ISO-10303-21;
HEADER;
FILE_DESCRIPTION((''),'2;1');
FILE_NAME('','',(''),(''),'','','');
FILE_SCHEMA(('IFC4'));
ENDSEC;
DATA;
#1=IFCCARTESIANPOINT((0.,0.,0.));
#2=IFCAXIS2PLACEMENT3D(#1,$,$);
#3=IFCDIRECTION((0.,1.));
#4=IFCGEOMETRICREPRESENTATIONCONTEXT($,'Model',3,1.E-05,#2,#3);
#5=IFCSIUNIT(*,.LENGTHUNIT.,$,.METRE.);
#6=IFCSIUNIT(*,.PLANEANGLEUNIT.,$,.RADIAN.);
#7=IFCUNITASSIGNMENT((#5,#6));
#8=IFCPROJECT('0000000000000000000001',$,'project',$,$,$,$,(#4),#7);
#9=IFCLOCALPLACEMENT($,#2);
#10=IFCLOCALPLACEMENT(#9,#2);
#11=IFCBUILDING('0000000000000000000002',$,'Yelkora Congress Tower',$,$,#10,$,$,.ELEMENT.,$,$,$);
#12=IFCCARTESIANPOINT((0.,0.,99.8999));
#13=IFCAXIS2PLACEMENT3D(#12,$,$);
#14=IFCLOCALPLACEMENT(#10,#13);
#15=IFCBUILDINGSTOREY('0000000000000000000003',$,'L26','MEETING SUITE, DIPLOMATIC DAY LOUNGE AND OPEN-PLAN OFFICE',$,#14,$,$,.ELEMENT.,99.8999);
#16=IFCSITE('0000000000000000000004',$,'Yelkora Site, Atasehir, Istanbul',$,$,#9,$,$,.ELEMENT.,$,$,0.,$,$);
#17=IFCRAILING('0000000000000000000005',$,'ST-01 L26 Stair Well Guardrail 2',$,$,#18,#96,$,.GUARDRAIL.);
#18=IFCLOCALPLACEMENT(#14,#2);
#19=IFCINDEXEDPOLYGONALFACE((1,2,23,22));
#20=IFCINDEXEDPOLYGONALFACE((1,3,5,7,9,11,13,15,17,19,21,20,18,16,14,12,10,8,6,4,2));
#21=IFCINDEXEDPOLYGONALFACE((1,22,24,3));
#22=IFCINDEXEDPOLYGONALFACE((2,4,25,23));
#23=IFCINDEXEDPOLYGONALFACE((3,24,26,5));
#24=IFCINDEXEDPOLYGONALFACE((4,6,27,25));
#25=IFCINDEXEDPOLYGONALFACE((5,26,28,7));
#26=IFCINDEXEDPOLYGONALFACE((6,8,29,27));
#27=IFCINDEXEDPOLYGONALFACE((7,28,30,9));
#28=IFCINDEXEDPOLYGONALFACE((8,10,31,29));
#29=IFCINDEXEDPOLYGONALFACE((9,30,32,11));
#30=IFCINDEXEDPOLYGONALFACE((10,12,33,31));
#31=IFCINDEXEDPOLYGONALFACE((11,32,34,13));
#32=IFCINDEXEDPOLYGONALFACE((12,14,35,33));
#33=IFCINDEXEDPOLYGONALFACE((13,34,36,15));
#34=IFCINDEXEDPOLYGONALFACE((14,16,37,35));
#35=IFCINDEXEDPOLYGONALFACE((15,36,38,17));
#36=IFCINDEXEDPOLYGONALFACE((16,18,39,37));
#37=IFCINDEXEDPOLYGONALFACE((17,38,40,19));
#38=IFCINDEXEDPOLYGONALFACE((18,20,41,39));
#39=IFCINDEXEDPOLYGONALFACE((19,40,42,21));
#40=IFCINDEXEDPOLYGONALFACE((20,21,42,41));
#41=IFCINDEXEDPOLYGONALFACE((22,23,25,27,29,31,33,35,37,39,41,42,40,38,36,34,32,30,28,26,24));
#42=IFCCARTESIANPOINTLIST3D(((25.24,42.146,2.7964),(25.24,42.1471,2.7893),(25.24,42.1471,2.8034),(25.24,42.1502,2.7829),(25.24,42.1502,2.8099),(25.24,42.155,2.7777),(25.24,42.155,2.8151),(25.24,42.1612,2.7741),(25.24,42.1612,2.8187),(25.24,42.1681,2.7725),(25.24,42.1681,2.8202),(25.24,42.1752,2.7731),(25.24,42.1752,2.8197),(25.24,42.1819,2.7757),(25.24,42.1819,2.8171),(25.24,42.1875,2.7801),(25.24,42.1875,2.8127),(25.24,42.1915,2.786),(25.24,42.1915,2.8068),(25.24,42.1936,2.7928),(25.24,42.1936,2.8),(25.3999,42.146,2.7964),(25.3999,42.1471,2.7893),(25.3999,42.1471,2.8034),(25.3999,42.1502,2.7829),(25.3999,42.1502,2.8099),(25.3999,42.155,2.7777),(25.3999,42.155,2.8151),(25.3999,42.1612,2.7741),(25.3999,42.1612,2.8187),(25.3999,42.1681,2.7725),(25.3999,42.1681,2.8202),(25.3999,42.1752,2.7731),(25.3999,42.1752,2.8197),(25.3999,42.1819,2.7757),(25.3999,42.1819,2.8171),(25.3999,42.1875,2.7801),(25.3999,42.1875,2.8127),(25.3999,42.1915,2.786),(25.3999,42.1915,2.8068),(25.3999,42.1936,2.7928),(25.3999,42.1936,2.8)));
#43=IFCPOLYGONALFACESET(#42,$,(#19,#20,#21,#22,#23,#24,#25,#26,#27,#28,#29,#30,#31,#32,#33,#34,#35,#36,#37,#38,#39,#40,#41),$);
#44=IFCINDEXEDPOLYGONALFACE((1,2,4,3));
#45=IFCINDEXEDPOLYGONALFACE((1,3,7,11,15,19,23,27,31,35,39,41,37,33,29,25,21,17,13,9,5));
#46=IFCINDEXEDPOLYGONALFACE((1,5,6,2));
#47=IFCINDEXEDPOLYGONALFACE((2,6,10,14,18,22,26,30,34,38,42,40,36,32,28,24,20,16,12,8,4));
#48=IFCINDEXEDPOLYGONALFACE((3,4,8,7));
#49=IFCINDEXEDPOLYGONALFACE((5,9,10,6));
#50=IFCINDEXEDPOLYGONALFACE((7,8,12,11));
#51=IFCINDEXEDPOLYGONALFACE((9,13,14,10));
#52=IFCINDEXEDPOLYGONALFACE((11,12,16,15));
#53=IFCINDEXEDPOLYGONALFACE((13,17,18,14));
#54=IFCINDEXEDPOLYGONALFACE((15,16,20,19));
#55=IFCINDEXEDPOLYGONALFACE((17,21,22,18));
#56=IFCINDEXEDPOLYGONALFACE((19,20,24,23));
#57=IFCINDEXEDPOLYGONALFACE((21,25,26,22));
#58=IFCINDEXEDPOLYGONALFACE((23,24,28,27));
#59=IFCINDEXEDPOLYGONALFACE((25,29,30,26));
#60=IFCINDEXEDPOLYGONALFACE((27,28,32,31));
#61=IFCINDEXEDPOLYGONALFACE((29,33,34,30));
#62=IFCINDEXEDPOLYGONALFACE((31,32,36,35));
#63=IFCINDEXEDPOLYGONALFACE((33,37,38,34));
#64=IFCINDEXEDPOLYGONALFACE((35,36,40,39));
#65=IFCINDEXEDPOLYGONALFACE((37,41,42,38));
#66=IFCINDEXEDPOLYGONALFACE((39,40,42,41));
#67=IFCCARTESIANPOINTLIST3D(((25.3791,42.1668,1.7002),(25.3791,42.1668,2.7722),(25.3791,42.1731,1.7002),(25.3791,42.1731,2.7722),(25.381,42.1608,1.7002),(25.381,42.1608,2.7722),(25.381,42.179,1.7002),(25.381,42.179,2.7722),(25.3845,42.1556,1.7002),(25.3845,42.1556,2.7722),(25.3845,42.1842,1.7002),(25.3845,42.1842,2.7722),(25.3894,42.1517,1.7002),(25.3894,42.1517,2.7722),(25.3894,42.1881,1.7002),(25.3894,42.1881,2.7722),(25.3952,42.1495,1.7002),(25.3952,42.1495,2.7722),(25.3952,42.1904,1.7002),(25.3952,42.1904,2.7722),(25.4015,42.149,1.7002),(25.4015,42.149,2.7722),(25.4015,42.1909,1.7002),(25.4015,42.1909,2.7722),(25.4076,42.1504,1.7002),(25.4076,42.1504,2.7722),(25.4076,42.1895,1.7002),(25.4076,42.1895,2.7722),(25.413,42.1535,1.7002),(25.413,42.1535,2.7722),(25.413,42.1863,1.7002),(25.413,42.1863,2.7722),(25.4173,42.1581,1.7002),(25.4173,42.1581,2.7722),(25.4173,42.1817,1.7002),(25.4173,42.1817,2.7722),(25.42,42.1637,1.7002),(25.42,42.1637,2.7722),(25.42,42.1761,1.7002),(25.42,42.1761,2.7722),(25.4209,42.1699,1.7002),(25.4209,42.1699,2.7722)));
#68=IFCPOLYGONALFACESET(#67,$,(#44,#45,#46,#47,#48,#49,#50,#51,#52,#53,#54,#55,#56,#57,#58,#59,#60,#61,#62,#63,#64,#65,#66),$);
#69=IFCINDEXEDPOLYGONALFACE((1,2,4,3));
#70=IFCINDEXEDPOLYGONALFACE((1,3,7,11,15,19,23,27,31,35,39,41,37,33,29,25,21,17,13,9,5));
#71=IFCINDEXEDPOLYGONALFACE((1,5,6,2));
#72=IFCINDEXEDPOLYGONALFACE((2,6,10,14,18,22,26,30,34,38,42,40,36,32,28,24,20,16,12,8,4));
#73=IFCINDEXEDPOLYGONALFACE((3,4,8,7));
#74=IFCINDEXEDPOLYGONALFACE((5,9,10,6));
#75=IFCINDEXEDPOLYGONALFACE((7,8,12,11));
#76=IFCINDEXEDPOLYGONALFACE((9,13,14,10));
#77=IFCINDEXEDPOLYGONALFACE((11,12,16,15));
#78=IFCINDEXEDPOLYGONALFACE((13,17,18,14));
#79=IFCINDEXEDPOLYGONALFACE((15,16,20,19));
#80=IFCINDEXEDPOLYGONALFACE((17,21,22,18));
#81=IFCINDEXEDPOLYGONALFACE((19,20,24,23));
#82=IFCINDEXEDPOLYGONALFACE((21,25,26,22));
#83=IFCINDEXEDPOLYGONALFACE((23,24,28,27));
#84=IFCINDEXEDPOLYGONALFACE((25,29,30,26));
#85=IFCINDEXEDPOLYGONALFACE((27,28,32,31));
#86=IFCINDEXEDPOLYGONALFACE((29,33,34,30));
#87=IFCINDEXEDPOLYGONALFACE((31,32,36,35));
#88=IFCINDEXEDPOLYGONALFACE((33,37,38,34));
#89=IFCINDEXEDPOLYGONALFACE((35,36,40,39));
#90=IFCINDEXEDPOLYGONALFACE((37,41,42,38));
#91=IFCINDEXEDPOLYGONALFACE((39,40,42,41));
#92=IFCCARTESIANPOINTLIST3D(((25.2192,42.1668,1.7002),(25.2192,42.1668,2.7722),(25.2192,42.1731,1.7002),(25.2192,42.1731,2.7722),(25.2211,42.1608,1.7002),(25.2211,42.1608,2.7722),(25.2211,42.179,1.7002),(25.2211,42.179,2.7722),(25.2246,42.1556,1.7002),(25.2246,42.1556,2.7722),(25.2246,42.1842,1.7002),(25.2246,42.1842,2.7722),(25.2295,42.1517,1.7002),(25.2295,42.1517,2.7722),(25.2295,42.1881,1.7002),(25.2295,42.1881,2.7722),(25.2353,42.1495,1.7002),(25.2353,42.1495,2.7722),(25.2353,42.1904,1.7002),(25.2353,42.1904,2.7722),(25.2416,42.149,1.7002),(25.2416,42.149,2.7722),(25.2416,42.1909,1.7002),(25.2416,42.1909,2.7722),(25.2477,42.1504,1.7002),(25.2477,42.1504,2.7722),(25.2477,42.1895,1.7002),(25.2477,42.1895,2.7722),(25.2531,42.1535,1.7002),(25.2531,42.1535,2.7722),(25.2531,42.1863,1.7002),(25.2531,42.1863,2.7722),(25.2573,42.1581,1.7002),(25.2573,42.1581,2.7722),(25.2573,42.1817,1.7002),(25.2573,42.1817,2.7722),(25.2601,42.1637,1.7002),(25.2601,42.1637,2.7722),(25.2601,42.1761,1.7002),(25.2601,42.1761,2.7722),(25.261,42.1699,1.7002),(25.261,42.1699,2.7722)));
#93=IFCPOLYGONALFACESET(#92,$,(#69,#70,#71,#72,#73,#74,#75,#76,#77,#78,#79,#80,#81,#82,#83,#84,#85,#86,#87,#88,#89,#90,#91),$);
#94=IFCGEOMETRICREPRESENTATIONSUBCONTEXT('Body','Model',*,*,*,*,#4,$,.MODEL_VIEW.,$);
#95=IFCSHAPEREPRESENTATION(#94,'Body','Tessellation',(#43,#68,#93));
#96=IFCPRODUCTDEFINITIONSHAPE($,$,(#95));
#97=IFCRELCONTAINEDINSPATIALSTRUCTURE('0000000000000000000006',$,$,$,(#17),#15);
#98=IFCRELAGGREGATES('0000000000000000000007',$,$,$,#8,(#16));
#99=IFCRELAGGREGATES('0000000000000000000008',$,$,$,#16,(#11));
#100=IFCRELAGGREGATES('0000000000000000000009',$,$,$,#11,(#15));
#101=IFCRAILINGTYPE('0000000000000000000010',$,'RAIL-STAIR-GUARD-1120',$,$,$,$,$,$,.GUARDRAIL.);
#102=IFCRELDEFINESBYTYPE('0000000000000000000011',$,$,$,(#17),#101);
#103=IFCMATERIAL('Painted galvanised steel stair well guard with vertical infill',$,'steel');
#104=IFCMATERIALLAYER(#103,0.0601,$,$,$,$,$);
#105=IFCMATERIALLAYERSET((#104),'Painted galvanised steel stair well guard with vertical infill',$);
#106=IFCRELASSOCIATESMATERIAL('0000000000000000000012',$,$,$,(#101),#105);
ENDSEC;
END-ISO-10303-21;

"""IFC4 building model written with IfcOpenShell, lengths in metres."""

from ifc_helpers import new_model, si_unit, direction, frame, origin, origin_2d, place, context, subcontext, project, spatial, circle, extrude, material, layer, layer_set, type_object, element, save


model = new_model("IFC4")

# Units and contexts
model_context = context("Model", 3, precision=1e-05, world=origin(), true_north=direction((0.0, 1.0)))
body_context = subcontext(model_context, "Body", "Model", "MODEL_VIEW")
ifc_project = project(units=[si_unit("LENGTHUNIT", "METRE"), si_unit("PLANEANGLEUNIT", "RADIAN")], contexts=[model_context])

# Site, building, storey
site_placement = place(None, origin())
site = spatial("IfcSite", under=ifc_project, at=site_placement, Name="Yelkora Site, Atasehir, Istanbul", CompositionType="ELEMENT", RefElevation=0.0)
building_placement = place(site_placement, origin())
building = spatial("IfcBuilding", under=site, at=building_placement, Name="Yelkora Congress Tower", CompositionType="ELEMENT")
storey_placement = place(building_placement, frame((0.0, 0.0, 99.8999)))
storey = spatial("IfcBuildingStorey", under=building, at=storey_placement, Name="L26", Description="MEETING SUITE, DIPLOMATIC DAY LOUNGE AND OPEN-PLAN OFFICE", CompositionType="ELEMENT", Elevation=99.8999)

# Railing
ifc_material_1 = material(Name="Painted galvanised steel stair well guard with vertical infill", Category="steel")
ifc_layer_1 = layer(ifc_material_1, 0.0601)
ifc_layer_set_1 = layer_set([ifc_layer_1], Name="Painted galvanised steel stair well guard with vertical infill")
railing_type_1 = type_object("IfcRailingType", Name="RAIL-STAIR-GUARD-1120", PredefinedType="GUARDRAIL", material=ifc_layer_set_1)
railing_1_placement = place(storey_placement, frame((25.3999, 42.1699, 1.7002)))
element("IfcRailing", 1, at=railing_1_placement, inside=storey, type_object=railing_type_1, Name="ST-01 L26 Stair Well Guardrail 2", PredefinedType="GUARDRAIL", context=body_context, shape_type="SweptSolid", body=[
    extrude(circle(Radius=0.0239, at=origin_2d()), frame((0.0, 0.0, 1.0962), z_axis=(-1.0, 0.0, 0.0), x_axis=(0.0, -1.0, 0.0)), (0.0, 0.0, 1.0), 0.1599),
    extrude(circle(Radius=0.021, at=origin_2d()), origin(), (0.0, 0.0, 1.0), 1.072),
    extrude(circle(Radius=0.021, at=origin_2d()), frame((-0.1599, 0.0, 0.0)), (0.0, 0.0, 1.0), 1.072),
])

save(model, "model.ifc")
